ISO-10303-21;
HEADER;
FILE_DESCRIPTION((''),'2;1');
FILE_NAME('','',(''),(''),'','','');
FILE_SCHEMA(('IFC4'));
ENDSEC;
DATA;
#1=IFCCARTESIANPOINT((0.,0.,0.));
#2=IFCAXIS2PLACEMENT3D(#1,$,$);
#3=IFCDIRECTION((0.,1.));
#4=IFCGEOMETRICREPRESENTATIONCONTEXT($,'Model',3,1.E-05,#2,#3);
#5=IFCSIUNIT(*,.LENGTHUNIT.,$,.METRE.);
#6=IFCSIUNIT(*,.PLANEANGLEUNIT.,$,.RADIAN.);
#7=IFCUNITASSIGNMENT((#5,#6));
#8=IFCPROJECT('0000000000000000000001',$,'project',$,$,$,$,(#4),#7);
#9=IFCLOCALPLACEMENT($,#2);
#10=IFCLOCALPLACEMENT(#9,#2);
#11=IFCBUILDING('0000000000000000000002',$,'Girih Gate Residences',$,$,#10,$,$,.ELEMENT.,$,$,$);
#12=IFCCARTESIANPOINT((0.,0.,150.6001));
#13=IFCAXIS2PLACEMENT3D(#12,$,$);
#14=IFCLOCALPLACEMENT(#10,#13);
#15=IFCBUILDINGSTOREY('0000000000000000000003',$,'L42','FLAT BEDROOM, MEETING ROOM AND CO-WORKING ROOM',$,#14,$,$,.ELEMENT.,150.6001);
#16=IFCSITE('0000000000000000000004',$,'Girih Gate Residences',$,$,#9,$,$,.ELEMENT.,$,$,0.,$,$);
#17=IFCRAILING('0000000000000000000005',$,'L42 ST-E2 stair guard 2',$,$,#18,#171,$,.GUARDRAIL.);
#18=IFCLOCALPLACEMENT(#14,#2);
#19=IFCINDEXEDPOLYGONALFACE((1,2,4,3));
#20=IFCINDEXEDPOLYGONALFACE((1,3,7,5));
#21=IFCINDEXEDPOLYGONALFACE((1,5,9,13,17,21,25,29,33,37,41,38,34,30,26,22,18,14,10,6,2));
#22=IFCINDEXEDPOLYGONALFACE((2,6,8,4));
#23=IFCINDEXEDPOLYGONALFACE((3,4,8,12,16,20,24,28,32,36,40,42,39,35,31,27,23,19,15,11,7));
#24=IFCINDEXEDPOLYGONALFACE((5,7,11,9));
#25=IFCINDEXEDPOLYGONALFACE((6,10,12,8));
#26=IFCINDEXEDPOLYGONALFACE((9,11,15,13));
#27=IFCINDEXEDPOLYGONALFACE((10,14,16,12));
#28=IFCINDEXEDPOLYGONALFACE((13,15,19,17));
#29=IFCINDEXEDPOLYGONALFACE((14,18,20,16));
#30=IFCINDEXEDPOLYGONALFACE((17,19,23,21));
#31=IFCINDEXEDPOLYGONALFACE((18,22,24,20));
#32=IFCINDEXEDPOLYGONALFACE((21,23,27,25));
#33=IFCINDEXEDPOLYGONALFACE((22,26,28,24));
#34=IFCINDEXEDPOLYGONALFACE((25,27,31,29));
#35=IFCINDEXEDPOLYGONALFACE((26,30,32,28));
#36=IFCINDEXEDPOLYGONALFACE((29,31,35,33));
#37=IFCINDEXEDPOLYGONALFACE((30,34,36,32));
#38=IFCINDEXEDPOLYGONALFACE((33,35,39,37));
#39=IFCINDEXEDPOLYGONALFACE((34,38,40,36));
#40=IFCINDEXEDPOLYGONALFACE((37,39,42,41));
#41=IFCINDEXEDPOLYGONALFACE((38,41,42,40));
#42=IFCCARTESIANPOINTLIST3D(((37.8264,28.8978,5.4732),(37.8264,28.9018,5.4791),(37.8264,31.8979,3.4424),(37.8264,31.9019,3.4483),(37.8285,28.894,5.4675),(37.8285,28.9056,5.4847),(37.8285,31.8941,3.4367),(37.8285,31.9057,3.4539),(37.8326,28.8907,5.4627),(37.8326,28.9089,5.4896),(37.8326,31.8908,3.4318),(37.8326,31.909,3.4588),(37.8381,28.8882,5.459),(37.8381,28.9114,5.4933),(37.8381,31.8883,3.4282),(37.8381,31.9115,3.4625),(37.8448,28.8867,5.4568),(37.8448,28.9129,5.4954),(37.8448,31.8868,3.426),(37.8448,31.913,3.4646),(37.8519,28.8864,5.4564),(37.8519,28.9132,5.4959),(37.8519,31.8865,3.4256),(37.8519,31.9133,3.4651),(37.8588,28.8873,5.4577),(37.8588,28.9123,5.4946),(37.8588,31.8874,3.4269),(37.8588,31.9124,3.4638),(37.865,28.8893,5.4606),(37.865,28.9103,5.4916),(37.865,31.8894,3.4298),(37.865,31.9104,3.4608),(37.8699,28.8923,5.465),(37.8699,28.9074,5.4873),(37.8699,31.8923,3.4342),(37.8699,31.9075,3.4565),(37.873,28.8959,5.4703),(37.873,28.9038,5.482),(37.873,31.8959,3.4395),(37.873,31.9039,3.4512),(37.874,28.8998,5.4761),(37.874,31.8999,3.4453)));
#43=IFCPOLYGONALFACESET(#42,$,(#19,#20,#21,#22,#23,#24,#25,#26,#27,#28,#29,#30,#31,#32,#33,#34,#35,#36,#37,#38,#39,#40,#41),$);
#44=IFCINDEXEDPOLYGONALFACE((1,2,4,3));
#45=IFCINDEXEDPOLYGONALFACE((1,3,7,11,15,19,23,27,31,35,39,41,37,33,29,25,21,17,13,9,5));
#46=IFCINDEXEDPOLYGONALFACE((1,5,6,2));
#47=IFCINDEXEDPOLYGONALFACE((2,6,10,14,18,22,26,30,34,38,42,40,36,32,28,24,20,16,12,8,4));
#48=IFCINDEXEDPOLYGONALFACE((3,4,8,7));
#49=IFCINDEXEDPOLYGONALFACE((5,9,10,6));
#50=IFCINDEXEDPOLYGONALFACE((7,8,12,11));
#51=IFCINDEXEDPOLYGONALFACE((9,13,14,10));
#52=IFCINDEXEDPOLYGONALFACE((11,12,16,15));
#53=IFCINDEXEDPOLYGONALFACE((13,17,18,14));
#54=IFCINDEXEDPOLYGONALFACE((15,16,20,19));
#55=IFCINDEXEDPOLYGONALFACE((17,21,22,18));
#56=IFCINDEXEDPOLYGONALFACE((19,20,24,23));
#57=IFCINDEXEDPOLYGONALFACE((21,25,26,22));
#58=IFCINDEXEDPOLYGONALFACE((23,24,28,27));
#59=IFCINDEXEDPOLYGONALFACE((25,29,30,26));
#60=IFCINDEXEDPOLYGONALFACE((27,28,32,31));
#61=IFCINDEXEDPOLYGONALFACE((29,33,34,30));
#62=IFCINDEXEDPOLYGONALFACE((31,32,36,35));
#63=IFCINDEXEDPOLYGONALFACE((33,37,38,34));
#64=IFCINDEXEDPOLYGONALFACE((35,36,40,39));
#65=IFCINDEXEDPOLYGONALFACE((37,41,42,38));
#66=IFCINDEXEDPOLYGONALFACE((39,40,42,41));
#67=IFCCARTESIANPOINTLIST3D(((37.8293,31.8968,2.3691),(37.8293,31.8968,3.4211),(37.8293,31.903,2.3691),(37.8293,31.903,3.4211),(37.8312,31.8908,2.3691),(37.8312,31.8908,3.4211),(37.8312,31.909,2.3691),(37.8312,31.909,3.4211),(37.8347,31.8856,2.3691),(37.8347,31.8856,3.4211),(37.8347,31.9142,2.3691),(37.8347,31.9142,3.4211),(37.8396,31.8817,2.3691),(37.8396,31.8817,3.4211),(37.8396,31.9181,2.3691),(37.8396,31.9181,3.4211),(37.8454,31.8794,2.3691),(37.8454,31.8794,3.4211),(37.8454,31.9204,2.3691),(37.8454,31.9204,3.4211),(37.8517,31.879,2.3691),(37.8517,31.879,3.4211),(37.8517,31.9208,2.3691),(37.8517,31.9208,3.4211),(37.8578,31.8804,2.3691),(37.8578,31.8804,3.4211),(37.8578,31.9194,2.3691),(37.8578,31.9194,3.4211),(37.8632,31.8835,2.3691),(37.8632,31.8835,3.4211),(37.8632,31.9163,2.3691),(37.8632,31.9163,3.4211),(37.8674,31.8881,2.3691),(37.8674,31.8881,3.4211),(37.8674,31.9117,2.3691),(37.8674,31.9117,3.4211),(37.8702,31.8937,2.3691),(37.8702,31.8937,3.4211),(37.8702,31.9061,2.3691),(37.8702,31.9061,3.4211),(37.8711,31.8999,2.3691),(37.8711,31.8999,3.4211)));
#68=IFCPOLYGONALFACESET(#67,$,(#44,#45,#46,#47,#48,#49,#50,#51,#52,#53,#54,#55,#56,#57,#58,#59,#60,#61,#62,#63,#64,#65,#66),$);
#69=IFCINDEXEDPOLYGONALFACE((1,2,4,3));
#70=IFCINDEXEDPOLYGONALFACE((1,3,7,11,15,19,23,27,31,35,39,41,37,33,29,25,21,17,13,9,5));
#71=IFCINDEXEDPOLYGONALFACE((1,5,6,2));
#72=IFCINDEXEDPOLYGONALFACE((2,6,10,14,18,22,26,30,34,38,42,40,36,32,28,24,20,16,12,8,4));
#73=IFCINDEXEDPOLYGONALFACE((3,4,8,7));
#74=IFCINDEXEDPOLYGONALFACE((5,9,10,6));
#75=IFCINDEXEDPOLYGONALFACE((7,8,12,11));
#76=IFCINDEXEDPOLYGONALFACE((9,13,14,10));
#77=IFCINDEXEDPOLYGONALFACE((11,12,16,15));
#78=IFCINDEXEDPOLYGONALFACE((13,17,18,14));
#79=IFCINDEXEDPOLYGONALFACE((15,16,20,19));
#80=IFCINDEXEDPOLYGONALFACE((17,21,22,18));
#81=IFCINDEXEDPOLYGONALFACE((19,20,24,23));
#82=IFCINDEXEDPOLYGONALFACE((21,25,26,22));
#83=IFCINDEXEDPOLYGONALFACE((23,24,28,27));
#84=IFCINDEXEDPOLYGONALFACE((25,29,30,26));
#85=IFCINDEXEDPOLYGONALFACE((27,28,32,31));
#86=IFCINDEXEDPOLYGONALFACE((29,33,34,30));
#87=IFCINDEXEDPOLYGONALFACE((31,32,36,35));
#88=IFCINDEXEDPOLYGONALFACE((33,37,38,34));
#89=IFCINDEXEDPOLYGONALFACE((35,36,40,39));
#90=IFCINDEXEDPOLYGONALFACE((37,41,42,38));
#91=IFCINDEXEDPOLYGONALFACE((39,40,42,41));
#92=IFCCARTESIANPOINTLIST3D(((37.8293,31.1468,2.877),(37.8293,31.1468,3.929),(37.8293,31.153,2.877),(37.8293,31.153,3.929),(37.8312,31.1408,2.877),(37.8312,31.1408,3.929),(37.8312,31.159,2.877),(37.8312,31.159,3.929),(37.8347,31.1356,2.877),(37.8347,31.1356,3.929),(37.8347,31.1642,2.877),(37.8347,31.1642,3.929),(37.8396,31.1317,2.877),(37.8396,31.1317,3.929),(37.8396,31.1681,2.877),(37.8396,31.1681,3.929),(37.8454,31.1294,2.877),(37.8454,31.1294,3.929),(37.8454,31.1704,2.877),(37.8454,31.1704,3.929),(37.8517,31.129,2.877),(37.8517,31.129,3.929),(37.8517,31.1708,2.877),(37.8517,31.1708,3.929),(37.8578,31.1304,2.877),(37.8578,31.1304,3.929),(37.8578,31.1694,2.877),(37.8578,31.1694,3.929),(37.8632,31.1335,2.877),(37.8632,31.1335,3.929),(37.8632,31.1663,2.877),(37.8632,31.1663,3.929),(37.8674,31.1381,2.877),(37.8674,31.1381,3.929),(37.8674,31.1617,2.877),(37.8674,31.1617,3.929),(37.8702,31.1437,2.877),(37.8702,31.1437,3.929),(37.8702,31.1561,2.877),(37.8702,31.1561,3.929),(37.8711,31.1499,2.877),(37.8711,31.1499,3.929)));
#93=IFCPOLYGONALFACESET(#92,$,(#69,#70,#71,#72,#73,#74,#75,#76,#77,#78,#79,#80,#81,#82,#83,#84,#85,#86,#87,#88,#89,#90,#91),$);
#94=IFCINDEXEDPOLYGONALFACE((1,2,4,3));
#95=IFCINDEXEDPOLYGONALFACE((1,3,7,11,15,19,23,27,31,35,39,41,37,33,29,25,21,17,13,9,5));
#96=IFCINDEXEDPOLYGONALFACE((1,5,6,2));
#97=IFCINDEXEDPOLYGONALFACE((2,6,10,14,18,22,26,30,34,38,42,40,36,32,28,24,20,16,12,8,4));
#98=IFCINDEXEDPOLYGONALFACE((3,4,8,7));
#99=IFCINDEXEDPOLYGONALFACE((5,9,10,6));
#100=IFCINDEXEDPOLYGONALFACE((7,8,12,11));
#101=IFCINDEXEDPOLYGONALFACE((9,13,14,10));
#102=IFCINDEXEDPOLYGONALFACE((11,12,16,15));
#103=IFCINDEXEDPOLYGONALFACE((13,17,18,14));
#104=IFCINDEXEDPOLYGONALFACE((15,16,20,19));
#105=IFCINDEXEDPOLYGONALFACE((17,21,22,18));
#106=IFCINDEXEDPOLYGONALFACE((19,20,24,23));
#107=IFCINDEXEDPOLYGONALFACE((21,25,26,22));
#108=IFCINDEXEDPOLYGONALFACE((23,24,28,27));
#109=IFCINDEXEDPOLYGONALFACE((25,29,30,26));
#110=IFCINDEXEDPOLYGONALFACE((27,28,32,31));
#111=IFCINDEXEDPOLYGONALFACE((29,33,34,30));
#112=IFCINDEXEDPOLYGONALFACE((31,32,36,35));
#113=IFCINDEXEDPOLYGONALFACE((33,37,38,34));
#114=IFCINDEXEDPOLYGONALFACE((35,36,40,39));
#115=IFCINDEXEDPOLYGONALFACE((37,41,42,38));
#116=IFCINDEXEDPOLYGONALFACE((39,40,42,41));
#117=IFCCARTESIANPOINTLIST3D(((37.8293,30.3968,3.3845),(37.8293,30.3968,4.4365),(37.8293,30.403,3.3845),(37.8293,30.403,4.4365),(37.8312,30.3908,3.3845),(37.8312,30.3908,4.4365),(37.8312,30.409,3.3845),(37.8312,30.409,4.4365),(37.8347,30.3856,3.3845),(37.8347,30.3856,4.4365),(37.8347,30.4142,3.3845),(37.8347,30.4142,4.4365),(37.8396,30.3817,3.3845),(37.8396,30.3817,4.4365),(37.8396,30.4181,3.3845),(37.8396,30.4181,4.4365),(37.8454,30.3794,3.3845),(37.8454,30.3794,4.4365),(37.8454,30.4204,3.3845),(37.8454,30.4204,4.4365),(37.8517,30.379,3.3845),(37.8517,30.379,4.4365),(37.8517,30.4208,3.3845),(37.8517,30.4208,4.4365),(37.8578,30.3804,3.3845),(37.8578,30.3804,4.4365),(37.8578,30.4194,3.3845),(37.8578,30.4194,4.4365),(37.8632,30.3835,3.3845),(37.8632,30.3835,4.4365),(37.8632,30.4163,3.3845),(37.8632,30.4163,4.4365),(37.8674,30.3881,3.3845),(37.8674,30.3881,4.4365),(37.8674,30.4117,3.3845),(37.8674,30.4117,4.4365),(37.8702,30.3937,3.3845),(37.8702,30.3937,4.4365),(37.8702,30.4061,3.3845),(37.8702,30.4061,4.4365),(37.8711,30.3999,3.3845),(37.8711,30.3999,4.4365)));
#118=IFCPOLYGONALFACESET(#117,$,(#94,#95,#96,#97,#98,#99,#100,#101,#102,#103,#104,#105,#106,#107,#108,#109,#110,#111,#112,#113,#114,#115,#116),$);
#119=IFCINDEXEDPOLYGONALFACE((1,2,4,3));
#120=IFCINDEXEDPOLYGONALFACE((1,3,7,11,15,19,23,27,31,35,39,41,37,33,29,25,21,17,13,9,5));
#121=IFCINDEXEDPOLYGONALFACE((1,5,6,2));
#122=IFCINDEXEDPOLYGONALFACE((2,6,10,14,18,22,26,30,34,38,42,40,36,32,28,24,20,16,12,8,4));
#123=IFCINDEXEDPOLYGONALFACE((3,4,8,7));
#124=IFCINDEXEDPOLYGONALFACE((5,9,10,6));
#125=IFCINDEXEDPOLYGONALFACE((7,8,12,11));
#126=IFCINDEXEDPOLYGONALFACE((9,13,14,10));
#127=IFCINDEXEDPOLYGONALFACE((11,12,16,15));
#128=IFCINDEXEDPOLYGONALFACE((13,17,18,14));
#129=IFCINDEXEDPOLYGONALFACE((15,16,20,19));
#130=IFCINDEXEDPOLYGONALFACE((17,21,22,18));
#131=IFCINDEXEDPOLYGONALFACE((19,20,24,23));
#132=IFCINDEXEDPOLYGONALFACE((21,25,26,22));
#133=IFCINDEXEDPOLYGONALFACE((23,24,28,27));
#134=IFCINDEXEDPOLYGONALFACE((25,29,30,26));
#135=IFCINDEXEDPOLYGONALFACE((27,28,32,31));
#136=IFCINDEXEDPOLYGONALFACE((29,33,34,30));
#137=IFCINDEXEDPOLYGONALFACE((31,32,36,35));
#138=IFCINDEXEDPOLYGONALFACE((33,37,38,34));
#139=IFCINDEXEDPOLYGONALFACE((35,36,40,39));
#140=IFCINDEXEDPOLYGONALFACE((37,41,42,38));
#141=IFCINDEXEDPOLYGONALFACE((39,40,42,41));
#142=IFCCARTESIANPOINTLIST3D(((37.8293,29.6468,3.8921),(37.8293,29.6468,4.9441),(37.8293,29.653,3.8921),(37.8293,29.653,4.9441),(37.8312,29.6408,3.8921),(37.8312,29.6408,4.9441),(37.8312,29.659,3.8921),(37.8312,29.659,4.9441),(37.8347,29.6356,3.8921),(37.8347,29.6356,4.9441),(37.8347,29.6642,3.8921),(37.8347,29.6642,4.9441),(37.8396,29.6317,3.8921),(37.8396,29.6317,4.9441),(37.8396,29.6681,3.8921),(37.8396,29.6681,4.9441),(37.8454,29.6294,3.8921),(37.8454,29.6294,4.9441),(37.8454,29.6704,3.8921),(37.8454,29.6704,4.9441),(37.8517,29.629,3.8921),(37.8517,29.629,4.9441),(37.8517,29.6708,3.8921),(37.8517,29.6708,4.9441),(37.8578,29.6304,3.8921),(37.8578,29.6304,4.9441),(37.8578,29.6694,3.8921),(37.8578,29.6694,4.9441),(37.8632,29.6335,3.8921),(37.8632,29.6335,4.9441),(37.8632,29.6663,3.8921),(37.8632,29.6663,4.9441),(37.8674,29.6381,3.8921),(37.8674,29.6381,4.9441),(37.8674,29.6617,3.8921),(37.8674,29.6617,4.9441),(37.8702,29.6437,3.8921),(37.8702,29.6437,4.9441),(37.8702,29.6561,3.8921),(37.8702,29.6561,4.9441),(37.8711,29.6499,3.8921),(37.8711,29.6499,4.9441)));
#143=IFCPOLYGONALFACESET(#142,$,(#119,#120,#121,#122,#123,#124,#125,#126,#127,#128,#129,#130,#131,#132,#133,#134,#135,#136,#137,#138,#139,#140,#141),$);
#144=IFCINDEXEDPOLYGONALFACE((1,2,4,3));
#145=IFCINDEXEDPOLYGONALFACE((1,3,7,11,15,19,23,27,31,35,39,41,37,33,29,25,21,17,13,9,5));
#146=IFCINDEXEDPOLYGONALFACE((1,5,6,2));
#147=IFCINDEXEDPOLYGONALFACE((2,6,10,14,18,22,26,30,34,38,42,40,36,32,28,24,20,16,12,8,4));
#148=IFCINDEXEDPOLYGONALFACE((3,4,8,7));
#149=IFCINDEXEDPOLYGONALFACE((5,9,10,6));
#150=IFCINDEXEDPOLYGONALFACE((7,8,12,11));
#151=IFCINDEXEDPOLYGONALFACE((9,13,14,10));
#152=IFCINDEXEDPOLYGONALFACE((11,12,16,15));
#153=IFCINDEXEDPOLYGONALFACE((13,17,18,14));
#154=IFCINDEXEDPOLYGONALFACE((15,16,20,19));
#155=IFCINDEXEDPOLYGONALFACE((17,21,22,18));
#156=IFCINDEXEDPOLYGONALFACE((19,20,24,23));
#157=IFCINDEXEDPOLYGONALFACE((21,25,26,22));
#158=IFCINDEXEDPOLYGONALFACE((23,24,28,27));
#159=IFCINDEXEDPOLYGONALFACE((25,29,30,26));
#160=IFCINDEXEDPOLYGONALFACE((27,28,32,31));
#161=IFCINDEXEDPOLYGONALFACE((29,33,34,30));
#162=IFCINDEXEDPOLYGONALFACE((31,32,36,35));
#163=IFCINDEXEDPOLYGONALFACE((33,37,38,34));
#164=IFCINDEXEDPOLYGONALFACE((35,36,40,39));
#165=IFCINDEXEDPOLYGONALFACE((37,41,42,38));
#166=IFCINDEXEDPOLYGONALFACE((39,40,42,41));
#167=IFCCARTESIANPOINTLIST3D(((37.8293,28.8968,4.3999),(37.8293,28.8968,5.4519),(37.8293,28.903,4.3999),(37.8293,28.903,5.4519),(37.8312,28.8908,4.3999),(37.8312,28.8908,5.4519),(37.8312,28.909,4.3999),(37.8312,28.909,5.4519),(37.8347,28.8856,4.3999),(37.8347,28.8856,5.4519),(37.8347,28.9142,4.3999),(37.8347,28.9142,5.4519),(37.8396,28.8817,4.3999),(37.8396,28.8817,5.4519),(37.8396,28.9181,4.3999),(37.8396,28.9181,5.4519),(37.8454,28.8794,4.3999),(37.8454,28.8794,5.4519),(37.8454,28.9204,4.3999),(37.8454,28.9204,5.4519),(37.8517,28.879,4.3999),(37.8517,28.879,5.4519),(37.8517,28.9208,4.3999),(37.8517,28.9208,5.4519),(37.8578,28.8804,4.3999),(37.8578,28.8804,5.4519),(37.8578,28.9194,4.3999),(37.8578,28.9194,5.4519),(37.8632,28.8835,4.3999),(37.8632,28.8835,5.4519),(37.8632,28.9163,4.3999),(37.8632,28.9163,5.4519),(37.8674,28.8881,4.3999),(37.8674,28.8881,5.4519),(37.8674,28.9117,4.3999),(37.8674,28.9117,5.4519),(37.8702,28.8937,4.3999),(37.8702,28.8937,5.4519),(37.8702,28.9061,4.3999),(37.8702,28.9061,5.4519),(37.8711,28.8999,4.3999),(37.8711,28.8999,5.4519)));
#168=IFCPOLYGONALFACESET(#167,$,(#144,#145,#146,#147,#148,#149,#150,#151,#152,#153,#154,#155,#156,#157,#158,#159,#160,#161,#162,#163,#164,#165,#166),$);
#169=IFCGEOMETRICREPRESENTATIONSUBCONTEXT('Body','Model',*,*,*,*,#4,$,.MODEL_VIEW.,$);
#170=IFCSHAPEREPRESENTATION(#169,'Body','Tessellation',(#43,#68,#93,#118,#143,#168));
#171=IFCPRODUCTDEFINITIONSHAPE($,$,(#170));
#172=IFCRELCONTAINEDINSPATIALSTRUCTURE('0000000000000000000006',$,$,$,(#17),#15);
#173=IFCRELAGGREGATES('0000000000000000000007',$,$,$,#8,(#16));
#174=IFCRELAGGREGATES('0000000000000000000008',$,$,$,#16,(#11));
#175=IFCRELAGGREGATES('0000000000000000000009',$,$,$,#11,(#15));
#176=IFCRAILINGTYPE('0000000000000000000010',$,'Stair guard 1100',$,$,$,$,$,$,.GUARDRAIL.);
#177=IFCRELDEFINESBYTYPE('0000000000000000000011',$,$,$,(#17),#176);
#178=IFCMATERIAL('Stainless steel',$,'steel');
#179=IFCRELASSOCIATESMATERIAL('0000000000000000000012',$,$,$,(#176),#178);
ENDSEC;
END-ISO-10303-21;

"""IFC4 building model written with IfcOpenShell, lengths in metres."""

from ifc_helpers import new_model, si_unit, direction, frame, origin, origin_2d, place, context, subcontext, project, spatial, circle, extrude, material, type_object, element, save


model = new_model("IFC4")

# Units and contexts
model_context = context("Model", 3, precision=1e-05, world=origin(), true_north=direction((0.0, 1.0)))
body_context = subcontext(model_context, "Body", "Model", "MODEL_VIEW")
ifc_project = project(units=[si_unit("LENGTHUNIT", "METRE"), si_unit("PLANEANGLEUNIT", "RADIAN")], contexts=[model_context])

# Site, building, storey
site_placement = place(None, origin())
site = spatial("IfcSite", under=ifc_project, at=site_placement, Name="Girih Gate Residences", CompositionType="ELEMENT", RefElevation=0.0)
building_placement = place(site_placement, origin())
building = spatial("IfcBuilding", under=site, at=building_placement, Name="Girih Gate Residences", CompositionType="ELEMENT")
storey_placement = place(building_placement, frame((0.0, 0.0, 150.6001)))
storey = spatial("IfcBuildingStorey", under=building, at=storey_placement, Name="L42", Description="FLAT BEDROOM, MEETING ROOM AND CO-WORKING ROOM", CompositionType="ELEMENT", Elevation=150.6001)

# Shared definitions
ifc_material_1 = material(Name="Stainless steel", Category="steel")

# Railing
railing_type_1 = type_object("IfcRailingType", Name="Stair guard 1100", PredefinedType="GUARDRAIL", material=ifc_material_1)
railing_1_placement = place(storey_placement, frame((37.8501, 31.8999, 2.3691)))
element("IfcRailing", 1, at=railing_1_placement, inside=storey, type_object=railing_type_1, Name="L42 ST-E2 stair guard 2", PredefinedType="GUARDRAIL", context=body_context, shape_type="SweptSolid", body=[
    extrude(circle(Radius=0.0239, at=origin_2d()), frame((0.0, 0.0, 1.0762), z_axis=(0.0, -0.82811, 0.560565), x_axis=(1.0, 0.0, 0.0)), (0.0, 0.0, 1.0), 3.6228),
    extrude(circle(Radius=0.021, at=origin_2d()), origin(), (0.0, 0.0, 1.0), 1.052),
    extrude(circle(Radius=0.021, at=origin_2d()), frame((0.0, -0.75, 0.5078)), (0.0, 0.0, 1.0), 1.052),
    extrude(circle(Radius=0.021, at=origin_2d()), frame((0.0, -1.5, 1.0154)), (0.0, 0.0, 1.0), 1.052),
    extrude(circle(Radius=0.021, at=origin_2d()), frame((0.0, -2.25, 1.5229)), (0.0, 0.0, 1.0), 1.052),
    extrude(circle(Radius=0.021, at=origin_2d()), frame((0.0, -3.0, 2.0308)), (0.0, 0.0, 1.0), 1.052),
])

save(model, "model.ifc")
